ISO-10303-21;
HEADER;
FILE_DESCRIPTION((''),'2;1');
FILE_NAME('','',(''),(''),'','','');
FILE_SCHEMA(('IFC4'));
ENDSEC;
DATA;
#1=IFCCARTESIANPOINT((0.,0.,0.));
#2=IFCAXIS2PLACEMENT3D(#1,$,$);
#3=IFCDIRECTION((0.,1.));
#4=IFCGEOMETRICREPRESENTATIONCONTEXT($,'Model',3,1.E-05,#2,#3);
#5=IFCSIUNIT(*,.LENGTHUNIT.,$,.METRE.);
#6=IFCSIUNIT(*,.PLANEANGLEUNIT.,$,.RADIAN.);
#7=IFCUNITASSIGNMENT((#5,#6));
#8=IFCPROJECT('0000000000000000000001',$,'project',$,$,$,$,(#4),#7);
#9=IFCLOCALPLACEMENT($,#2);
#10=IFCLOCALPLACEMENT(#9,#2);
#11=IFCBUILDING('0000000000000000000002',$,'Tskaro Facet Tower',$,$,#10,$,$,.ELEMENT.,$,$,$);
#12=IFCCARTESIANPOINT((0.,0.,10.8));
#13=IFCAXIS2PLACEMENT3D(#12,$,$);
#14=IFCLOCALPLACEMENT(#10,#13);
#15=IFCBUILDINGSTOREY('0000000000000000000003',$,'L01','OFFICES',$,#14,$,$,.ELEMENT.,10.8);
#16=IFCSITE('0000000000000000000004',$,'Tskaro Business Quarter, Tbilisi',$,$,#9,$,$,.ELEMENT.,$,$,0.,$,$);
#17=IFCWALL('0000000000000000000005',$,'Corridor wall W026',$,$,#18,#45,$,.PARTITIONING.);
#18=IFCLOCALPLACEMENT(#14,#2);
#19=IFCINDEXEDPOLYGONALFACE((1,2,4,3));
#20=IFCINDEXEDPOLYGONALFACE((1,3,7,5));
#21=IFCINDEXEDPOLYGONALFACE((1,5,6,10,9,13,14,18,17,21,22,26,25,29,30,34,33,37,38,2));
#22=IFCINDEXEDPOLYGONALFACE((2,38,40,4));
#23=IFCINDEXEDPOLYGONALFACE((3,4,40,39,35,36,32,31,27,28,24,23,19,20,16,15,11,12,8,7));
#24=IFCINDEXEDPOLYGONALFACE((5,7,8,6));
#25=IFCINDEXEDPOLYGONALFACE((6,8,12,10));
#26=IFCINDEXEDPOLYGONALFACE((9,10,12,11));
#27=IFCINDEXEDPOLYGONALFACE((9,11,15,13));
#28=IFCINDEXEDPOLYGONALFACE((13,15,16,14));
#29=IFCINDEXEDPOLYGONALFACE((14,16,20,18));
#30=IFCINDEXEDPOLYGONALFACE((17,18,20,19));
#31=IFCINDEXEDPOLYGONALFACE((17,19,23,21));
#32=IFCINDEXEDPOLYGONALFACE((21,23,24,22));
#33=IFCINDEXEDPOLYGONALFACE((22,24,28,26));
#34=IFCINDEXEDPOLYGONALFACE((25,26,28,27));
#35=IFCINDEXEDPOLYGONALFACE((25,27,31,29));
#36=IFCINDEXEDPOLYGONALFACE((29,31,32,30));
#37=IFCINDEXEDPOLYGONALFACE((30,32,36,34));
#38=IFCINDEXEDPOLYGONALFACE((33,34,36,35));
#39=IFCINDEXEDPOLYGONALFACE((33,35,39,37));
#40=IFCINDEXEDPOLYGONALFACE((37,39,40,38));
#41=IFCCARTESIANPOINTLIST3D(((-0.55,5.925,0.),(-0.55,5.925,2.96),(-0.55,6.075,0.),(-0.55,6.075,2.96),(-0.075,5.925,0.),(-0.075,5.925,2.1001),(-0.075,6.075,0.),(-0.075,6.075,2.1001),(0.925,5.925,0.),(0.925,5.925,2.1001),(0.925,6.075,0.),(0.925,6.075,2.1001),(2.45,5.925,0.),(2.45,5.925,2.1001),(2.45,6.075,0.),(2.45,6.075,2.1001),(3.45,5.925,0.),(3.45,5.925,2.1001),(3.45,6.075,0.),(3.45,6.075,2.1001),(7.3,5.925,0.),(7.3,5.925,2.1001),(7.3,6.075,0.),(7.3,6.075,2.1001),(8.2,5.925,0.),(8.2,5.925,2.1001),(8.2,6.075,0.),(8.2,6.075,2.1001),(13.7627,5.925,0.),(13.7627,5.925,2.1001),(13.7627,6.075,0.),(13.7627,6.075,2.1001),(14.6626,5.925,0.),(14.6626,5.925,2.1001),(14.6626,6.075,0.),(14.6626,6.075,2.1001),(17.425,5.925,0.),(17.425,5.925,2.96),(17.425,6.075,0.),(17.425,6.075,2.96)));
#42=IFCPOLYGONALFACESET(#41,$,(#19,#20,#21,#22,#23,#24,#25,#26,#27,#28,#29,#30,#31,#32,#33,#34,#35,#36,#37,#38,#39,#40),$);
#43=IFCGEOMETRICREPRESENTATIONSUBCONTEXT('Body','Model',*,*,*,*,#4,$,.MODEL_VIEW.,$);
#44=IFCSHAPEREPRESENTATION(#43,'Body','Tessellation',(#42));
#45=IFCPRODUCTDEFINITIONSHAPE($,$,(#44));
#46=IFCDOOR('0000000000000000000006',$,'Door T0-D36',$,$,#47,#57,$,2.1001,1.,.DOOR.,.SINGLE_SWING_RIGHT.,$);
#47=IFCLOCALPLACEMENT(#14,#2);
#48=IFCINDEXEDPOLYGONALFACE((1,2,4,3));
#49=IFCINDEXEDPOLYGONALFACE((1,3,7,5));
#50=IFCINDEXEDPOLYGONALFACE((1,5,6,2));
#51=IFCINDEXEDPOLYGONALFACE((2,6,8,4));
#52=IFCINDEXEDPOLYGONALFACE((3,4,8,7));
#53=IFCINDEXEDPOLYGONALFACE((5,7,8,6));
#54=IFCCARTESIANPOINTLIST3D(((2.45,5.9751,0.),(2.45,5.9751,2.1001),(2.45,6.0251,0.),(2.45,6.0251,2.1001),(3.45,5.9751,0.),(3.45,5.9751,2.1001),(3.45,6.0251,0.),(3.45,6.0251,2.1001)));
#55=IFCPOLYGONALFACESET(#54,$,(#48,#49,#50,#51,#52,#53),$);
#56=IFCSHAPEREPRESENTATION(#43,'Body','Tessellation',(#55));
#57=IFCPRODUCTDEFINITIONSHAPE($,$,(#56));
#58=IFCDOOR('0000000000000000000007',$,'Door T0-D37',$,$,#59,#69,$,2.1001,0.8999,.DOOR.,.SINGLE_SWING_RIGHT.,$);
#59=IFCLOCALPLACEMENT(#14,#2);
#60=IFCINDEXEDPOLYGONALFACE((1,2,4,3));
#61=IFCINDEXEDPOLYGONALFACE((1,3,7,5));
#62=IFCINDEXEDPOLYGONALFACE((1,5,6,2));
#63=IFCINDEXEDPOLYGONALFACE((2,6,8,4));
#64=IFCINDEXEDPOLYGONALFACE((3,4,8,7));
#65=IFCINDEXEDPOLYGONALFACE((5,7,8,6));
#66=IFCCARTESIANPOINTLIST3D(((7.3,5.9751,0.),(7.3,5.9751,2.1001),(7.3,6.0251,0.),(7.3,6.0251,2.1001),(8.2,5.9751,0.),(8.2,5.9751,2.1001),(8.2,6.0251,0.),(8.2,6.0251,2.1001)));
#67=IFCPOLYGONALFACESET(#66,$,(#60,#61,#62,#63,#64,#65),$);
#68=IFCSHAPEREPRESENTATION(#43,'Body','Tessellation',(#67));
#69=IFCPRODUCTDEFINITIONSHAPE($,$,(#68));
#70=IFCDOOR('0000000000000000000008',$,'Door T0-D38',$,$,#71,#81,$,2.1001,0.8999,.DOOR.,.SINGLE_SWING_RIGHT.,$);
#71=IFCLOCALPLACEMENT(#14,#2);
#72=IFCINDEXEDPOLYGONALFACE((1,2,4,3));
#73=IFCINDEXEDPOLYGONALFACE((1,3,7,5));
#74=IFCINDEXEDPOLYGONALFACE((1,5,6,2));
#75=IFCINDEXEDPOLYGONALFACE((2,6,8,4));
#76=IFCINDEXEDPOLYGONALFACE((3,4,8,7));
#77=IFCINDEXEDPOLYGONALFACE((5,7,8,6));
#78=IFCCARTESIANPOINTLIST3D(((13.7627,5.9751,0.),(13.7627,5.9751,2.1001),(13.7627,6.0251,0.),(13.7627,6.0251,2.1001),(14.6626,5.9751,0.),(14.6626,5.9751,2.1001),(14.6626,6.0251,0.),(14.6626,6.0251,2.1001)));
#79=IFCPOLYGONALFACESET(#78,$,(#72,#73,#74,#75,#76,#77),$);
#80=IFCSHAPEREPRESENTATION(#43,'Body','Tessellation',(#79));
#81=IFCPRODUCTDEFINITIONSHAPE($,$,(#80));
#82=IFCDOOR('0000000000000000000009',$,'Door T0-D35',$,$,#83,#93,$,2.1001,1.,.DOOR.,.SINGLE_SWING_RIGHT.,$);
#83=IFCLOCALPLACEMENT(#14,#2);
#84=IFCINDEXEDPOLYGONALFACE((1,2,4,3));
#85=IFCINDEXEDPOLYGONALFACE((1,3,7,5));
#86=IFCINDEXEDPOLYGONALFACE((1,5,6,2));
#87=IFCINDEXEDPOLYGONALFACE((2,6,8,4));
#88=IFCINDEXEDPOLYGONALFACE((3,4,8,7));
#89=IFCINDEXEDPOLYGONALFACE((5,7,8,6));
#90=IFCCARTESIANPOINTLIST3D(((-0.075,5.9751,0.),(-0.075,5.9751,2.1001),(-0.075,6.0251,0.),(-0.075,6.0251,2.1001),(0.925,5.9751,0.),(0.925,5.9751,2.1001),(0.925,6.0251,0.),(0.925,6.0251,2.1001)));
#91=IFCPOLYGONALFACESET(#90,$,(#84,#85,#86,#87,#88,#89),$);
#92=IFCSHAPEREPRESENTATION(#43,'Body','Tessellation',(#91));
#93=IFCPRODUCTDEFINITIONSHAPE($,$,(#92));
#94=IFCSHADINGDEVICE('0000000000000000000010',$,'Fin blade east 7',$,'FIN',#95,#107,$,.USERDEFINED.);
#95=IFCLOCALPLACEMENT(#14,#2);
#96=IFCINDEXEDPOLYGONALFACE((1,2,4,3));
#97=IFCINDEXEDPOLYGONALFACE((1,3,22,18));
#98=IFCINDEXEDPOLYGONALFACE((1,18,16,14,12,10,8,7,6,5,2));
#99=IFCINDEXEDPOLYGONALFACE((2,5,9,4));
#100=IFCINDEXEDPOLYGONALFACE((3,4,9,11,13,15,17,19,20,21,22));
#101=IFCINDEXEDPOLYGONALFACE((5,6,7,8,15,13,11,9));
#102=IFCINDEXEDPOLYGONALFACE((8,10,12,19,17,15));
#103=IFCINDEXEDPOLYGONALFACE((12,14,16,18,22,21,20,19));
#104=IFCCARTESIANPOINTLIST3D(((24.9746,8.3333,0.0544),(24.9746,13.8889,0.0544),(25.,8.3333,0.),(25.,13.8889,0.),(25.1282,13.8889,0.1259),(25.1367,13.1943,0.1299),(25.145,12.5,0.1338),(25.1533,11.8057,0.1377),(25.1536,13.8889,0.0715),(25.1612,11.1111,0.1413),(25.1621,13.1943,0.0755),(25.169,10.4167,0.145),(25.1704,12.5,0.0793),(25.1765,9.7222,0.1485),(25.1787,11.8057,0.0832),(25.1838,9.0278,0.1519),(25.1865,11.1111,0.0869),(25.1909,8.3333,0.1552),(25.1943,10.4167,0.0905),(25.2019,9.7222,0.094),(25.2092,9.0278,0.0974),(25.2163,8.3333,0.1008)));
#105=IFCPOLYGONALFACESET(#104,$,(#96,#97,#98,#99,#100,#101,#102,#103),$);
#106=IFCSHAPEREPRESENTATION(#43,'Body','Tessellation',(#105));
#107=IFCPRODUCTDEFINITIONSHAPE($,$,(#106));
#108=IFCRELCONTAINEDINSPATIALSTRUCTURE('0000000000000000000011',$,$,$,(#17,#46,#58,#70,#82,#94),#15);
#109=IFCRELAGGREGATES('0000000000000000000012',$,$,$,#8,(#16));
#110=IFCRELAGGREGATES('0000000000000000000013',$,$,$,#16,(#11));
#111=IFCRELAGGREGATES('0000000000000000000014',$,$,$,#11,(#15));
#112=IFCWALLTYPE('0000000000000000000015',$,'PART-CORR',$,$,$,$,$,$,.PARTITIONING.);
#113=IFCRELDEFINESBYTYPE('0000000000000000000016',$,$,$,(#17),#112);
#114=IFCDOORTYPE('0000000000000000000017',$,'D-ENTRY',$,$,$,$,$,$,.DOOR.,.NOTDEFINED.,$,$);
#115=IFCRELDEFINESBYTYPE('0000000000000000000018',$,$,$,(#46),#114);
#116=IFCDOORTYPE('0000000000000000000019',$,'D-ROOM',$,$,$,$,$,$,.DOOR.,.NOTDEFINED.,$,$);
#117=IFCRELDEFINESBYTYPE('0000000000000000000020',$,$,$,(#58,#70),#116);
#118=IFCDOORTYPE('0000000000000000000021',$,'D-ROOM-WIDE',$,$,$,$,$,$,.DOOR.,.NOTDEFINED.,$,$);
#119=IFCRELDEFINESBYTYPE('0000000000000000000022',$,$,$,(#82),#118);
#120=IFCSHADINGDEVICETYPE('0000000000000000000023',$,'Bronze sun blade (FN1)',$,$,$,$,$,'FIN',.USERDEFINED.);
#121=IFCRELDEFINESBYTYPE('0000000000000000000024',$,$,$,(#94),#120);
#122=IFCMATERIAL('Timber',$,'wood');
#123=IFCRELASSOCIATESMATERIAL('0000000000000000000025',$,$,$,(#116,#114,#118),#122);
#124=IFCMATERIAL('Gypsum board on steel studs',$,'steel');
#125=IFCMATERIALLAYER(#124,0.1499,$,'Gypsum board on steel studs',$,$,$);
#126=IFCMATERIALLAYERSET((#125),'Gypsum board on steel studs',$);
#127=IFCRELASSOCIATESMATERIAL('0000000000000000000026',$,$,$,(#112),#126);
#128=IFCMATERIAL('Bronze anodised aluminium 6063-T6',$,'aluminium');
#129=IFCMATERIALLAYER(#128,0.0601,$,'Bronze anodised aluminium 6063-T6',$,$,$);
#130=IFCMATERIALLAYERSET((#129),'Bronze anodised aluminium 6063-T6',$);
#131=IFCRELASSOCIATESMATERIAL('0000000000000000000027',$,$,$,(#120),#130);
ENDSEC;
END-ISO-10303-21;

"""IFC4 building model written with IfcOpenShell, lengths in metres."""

from ifc_helpers import new_model, si_unit, direction, frame, frame_2d, origin, place, context, subcontext, project, spatial, polyline, rectangle, outline, extrude, material, layer, layer_set, type_object, element, fill, save


model = new_model("IFC4")

# Units and contexts
model_context = context("Model", 3, precision=1e-05, world=origin(), true_north=direction((0.0, 1.0)))
body_context = subcontext(model_context, "Body", "Model", "MODEL_VIEW")
ifc_project = project(units=[si_unit("LENGTHUNIT", "METRE"), si_unit("PLANEANGLEUNIT", "RADIAN")], contexts=[model_context])

# Site, building, storey
site_placement = place(None, origin())
site = spatial("IfcSite", under=ifc_project, at=site_placement, Name="Tskaro Business Quarter, Tbilisi", CompositionType="ELEMENT", RefElevation=0.0)
building_placement = place(site_placement, origin())
building = spatial("IfcBuilding", under=site, at=building_placement, Name="Tskaro Facet Tower", CompositionType="ELEMENT")
storey_placement = place(building_placement, frame((0.0, 0.0, 10.8)))
storey = spatial("IfcBuildingStorey", under=building, at=storey_placement, Name="L01", Description="OFFICES", CompositionType="ELEMENT", Elevation=10.8)

# Shared definitions
ifc_material_1 = material(Name="Bronze anodised aluminium 6063-T6", Category="aluminium")

# Shared definitions
ifc_material_2 = material(Name="Gypsum board on steel studs", Category="steel")

# Shared definitions
ifc_material_3 = material(Name="Timber", Category="wood")
door_type_1 = type_object("IfcDoorType", Name="D-ROOM", OperationType="NOTDEFINED", PredefinedType="DOOR", material=ifc_material_3)

# Wall, openings, doors
ifc_layer_1 = layer(ifc_material_2, 0.1499, Name="Gypsum board on steel studs")
ifc_layer_set_1 = layer_set([ifc_layer_1], Name="Gypsum board on steel studs")
wall_type_1 = type_object("IfcWallType", Name="PART-CORR", PredefinedType="PARTITIONING", material=ifc_layer_set_1)
wall_1_placement = place(storey_placement, frame((17.425, 6.0, 0.0), z_axis=(0.0, 0.0, 1.0), x_axis=(-1.0, 0.0, 0.0)))
wall_1 = element("IfcWall", 1, at=wall_1_placement, inside=storey, type_object=wall_type_1, Name="Corridor wall W026", PredefinedType="PARTITIONING", context=body_context, shape_type="SweptSolid", body=[
    extrude(rectangle(XDim=17.9751, YDim=0.1499, at=frame_2d((8.9875, 0.0))), origin(), (0.0, 0.0, 1.0), 2.96),
])
opening_1_placement = place(wall_1_placement, frame((13.9751, 0.0, 0.0)))
opening_1 = element("IfcOpeningElement", 2, at=opening_1_placement, cuts=wall_1, PredefinedType="OPENING", context=body_context, shape_type="SweptSolid", body=[
    extrude(rectangle(XDim=1.0, YDim=2.1001, at=frame_2d((0.5, 1.05))), frame((0.0, 0.085, 0.0), z_axis=(0.0, -1.0, 0.0), x_axis=(1.0, 0.0, 0.0)), (0.0, 0.0, 1.0), 0.1699),
])
opening_2_placement = place(wall_1_placement, frame((16.5, 0.0, 0.0)))
opening_2 = element("IfcOpeningElement", 3, at=opening_2_placement, cuts=wall_1, PredefinedType="OPENING", context=body_context, shape_type="SweptSolid", body=[
    extrude(rectangle(XDim=1.0, YDim=2.1001, at=frame_2d((0.5, 1.05))), frame((0.0, 0.085, 0.0), z_axis=(0.0, -1.0, 0.0), x_axis=(1.0, 0.0, 0.0)), (0.0, 0.0, 1.0), 0.1699),
])
opening_3_placement = place(wall_1_placement, frame((9.2251, 0.0, 0.0)))
opening_3 = element("IfcOpeningElement", 4, at=opening_3_placement, cuts=wall_1, PredefinedType="OPENING", context=body_context, shape_type="SweptSolid", body=[
    extrude(rectangle(XDim=0.8999, YDim=2.1001, at=frame_2d((0.45, 1.05))), frame((0.0, 0.085, 0.0), z_axis=(0.0, -1.0, 0.0), x_axis=(1.0, 0.0, 0.0)), (0.0, 0.0, 1.0), 0.1699),
])
opening_4_placement = place(wall_1_placement, frame((2.7625, 0.0, 0.0)))
opening_4 = element("IfcOpeningElement", 5, at=opening_4_placement, cuts=wall_1, PredefinedType="OPENING", context=body_context, shape_type="SweptSolid", body=[
    extrude(rectangle(XDim=0.8999, YDim=2.1001, at=frame_2d((0.45, 1.05))), frame((0.0, 0.085, 0.0), z_axis=(0.0, -1.0, 0.0), x_axis=(1.0, 0.0, 0.0)), (0.0, 0.0, 1.0), 0.1699),
])
door_type_2 = type_object("IfcDoorType", Name="D-ENTRY", OperationType="NOTDEFINED", PredefinedType="DOOR", material=ifc_material_3)
door_1_placement = place(opening_1_placement, origin())
door_1 = element("IfcDoor", 6, at=door_1_placement, inside=storey, type_object=door_type_2, Name="Door T0-D36", OperationType="SINGLE_SWING_RIGHT", OverallHeight=2.1001, OverallWidth=1.0, PredefinedType="DOOR", context=body_context, shape_type="SweptSolid", body=[
    extrude(rectangle(XDim=1.0, YDim=2.1001, at=frame_2d((0.5, 1.05))), frame((0.0, 0.0249, 0.0), z_axis=(0.0, -1.0, 0.0), x_axis=(1.0, 0.0, 0.0)), (0.0, 0.0, 1.0), 0.05),
])
fill(opening_1, door_1)
door_2_placement = place(opening_3_placement, origin())
door_2 = element("IfcDoor", 7, at=door_2_placement, inside=storey, type_object=door_type_1, Name="Door T0-D37", OperationType="SINGLE_SWING_RIGHT", OverallHeight=2.1001, OverallWidth=0.8999, PredefinedType="DOOR", context=body_context, shape_type="SweptSolid", body=[
    extrude(rectangle(XDim=0.8999, YDim=2.1001, at=frame_2d((0.45, 1.05))), frame((0.0, 0.0249, 0.0), z_axis=(0.0, -1.0, 0.0), x_axis=(1.0, 0.0, 0.0)), (0.0, 0.0, 1.0), 0.05),
])
fill(opening_3, door_2)
door_3_placement = place(opening_4_placement, origin())
door_3 = element("IfcDoor", 8, at=door_3_placement, inside=storey, type_object=door_type_1, Name="Door T0-D38", OperationType="SINGLE_SWING_RIGHT", OverallHeight=2.1001, OverallWidth=0.8999, PredefinedType="DOOR", context=body_context, shape_type="SweptSolid", body=[
    extrude(rectangle(XDim=0.8999, YDim=2.1001, at=frame_2d((0.45, 1.05))), frame((0.0, 0.0249, 0.0), z_axis=(0.0, -1.0, 0.0), x_axis=(1.0, 0.0, 0.0)), (0.0, 0.0, 1.0), 0.05),
])
fill(opening_4, door_3)
door_type_3 = type_object("IfcDoorType", Name="D-ROOM-WIDE", OperationType="NOTDEFINED", PredefinedType="DOOR", material=ifc_material_3)
door_4_placement = place(opening_2_placement, origin())
door_4 = element("IfcDoor", 9, at=door_4_placement, inside=storey, type_object=door_type_3, Name="Door T0-D35", OperationType="SINGLE_SWING_RIGHT", OverallHeight=2.1001, OverallWidth=1.0, PredefinedType="DOOR", context=body_context, shape_type="SweptSolid", body=[
    extrude(rectangle(XDim=1.0, YDim=2.1001, at=frame_2d((0.5, 1.05))), frame((0.0, 0.0249, 0.0), z_axis=(0.0, -1.0, 0.0), x_axis=(1.0, 0.0, 0.0)), (0.0, 0.0, 1.0), 0.05),
])
fill(opening_2, door_4)

# Shading device
ifc_layer_2 = layer(ifc_material_1, 0.0601, Name="Bronze anodised aluminium 6063-T6")
ifc_layer_set_2 = layer_set([ifc_layer_2], Name="Bronze anodised aluminium 6063-T6")
shading_device_type = type_object("IfcShadingDeviceType", Name="Bronze sun blade (FN1)", ElementType="FIN", PredefinedType="USERDEFINED", material=ifc_layer_set_2)
shading_device_1_placement = place(storey_placement, frame((24.9746, 8.3333, 0.0544), z_axis=(-0.422206, 0.000007, 0.9065), x_axis=(0.000003, 1.0, -0.000007)))
element("IfcShadingDevice", 10, at=shading_device_1_placement, inside=storey, type_object=shading_device_type, Name="Fin blade east 7", ObjectType="FIN", PredefinedType="USERDEFINED", context=body_context, shape_type="SweptSolid", body=[
    extrude(outline(polyline([(0.0, 0.0), (5.5557, 0.0), (5.5557, -0.1694), (4.8611, -0.1788), (4.1667, -0.188), (3.4724, -0.1972), (2.7778, -0.2058), (2.0835, -0.2144), (1.3889, -0.2227), (0.6946, -0.2308), (0.0, -0.2387), (0.0, 0.0)])), origin(), (0.0, 0.0, -1.0), 0.0601),
])

save(model, "model.ifc")
